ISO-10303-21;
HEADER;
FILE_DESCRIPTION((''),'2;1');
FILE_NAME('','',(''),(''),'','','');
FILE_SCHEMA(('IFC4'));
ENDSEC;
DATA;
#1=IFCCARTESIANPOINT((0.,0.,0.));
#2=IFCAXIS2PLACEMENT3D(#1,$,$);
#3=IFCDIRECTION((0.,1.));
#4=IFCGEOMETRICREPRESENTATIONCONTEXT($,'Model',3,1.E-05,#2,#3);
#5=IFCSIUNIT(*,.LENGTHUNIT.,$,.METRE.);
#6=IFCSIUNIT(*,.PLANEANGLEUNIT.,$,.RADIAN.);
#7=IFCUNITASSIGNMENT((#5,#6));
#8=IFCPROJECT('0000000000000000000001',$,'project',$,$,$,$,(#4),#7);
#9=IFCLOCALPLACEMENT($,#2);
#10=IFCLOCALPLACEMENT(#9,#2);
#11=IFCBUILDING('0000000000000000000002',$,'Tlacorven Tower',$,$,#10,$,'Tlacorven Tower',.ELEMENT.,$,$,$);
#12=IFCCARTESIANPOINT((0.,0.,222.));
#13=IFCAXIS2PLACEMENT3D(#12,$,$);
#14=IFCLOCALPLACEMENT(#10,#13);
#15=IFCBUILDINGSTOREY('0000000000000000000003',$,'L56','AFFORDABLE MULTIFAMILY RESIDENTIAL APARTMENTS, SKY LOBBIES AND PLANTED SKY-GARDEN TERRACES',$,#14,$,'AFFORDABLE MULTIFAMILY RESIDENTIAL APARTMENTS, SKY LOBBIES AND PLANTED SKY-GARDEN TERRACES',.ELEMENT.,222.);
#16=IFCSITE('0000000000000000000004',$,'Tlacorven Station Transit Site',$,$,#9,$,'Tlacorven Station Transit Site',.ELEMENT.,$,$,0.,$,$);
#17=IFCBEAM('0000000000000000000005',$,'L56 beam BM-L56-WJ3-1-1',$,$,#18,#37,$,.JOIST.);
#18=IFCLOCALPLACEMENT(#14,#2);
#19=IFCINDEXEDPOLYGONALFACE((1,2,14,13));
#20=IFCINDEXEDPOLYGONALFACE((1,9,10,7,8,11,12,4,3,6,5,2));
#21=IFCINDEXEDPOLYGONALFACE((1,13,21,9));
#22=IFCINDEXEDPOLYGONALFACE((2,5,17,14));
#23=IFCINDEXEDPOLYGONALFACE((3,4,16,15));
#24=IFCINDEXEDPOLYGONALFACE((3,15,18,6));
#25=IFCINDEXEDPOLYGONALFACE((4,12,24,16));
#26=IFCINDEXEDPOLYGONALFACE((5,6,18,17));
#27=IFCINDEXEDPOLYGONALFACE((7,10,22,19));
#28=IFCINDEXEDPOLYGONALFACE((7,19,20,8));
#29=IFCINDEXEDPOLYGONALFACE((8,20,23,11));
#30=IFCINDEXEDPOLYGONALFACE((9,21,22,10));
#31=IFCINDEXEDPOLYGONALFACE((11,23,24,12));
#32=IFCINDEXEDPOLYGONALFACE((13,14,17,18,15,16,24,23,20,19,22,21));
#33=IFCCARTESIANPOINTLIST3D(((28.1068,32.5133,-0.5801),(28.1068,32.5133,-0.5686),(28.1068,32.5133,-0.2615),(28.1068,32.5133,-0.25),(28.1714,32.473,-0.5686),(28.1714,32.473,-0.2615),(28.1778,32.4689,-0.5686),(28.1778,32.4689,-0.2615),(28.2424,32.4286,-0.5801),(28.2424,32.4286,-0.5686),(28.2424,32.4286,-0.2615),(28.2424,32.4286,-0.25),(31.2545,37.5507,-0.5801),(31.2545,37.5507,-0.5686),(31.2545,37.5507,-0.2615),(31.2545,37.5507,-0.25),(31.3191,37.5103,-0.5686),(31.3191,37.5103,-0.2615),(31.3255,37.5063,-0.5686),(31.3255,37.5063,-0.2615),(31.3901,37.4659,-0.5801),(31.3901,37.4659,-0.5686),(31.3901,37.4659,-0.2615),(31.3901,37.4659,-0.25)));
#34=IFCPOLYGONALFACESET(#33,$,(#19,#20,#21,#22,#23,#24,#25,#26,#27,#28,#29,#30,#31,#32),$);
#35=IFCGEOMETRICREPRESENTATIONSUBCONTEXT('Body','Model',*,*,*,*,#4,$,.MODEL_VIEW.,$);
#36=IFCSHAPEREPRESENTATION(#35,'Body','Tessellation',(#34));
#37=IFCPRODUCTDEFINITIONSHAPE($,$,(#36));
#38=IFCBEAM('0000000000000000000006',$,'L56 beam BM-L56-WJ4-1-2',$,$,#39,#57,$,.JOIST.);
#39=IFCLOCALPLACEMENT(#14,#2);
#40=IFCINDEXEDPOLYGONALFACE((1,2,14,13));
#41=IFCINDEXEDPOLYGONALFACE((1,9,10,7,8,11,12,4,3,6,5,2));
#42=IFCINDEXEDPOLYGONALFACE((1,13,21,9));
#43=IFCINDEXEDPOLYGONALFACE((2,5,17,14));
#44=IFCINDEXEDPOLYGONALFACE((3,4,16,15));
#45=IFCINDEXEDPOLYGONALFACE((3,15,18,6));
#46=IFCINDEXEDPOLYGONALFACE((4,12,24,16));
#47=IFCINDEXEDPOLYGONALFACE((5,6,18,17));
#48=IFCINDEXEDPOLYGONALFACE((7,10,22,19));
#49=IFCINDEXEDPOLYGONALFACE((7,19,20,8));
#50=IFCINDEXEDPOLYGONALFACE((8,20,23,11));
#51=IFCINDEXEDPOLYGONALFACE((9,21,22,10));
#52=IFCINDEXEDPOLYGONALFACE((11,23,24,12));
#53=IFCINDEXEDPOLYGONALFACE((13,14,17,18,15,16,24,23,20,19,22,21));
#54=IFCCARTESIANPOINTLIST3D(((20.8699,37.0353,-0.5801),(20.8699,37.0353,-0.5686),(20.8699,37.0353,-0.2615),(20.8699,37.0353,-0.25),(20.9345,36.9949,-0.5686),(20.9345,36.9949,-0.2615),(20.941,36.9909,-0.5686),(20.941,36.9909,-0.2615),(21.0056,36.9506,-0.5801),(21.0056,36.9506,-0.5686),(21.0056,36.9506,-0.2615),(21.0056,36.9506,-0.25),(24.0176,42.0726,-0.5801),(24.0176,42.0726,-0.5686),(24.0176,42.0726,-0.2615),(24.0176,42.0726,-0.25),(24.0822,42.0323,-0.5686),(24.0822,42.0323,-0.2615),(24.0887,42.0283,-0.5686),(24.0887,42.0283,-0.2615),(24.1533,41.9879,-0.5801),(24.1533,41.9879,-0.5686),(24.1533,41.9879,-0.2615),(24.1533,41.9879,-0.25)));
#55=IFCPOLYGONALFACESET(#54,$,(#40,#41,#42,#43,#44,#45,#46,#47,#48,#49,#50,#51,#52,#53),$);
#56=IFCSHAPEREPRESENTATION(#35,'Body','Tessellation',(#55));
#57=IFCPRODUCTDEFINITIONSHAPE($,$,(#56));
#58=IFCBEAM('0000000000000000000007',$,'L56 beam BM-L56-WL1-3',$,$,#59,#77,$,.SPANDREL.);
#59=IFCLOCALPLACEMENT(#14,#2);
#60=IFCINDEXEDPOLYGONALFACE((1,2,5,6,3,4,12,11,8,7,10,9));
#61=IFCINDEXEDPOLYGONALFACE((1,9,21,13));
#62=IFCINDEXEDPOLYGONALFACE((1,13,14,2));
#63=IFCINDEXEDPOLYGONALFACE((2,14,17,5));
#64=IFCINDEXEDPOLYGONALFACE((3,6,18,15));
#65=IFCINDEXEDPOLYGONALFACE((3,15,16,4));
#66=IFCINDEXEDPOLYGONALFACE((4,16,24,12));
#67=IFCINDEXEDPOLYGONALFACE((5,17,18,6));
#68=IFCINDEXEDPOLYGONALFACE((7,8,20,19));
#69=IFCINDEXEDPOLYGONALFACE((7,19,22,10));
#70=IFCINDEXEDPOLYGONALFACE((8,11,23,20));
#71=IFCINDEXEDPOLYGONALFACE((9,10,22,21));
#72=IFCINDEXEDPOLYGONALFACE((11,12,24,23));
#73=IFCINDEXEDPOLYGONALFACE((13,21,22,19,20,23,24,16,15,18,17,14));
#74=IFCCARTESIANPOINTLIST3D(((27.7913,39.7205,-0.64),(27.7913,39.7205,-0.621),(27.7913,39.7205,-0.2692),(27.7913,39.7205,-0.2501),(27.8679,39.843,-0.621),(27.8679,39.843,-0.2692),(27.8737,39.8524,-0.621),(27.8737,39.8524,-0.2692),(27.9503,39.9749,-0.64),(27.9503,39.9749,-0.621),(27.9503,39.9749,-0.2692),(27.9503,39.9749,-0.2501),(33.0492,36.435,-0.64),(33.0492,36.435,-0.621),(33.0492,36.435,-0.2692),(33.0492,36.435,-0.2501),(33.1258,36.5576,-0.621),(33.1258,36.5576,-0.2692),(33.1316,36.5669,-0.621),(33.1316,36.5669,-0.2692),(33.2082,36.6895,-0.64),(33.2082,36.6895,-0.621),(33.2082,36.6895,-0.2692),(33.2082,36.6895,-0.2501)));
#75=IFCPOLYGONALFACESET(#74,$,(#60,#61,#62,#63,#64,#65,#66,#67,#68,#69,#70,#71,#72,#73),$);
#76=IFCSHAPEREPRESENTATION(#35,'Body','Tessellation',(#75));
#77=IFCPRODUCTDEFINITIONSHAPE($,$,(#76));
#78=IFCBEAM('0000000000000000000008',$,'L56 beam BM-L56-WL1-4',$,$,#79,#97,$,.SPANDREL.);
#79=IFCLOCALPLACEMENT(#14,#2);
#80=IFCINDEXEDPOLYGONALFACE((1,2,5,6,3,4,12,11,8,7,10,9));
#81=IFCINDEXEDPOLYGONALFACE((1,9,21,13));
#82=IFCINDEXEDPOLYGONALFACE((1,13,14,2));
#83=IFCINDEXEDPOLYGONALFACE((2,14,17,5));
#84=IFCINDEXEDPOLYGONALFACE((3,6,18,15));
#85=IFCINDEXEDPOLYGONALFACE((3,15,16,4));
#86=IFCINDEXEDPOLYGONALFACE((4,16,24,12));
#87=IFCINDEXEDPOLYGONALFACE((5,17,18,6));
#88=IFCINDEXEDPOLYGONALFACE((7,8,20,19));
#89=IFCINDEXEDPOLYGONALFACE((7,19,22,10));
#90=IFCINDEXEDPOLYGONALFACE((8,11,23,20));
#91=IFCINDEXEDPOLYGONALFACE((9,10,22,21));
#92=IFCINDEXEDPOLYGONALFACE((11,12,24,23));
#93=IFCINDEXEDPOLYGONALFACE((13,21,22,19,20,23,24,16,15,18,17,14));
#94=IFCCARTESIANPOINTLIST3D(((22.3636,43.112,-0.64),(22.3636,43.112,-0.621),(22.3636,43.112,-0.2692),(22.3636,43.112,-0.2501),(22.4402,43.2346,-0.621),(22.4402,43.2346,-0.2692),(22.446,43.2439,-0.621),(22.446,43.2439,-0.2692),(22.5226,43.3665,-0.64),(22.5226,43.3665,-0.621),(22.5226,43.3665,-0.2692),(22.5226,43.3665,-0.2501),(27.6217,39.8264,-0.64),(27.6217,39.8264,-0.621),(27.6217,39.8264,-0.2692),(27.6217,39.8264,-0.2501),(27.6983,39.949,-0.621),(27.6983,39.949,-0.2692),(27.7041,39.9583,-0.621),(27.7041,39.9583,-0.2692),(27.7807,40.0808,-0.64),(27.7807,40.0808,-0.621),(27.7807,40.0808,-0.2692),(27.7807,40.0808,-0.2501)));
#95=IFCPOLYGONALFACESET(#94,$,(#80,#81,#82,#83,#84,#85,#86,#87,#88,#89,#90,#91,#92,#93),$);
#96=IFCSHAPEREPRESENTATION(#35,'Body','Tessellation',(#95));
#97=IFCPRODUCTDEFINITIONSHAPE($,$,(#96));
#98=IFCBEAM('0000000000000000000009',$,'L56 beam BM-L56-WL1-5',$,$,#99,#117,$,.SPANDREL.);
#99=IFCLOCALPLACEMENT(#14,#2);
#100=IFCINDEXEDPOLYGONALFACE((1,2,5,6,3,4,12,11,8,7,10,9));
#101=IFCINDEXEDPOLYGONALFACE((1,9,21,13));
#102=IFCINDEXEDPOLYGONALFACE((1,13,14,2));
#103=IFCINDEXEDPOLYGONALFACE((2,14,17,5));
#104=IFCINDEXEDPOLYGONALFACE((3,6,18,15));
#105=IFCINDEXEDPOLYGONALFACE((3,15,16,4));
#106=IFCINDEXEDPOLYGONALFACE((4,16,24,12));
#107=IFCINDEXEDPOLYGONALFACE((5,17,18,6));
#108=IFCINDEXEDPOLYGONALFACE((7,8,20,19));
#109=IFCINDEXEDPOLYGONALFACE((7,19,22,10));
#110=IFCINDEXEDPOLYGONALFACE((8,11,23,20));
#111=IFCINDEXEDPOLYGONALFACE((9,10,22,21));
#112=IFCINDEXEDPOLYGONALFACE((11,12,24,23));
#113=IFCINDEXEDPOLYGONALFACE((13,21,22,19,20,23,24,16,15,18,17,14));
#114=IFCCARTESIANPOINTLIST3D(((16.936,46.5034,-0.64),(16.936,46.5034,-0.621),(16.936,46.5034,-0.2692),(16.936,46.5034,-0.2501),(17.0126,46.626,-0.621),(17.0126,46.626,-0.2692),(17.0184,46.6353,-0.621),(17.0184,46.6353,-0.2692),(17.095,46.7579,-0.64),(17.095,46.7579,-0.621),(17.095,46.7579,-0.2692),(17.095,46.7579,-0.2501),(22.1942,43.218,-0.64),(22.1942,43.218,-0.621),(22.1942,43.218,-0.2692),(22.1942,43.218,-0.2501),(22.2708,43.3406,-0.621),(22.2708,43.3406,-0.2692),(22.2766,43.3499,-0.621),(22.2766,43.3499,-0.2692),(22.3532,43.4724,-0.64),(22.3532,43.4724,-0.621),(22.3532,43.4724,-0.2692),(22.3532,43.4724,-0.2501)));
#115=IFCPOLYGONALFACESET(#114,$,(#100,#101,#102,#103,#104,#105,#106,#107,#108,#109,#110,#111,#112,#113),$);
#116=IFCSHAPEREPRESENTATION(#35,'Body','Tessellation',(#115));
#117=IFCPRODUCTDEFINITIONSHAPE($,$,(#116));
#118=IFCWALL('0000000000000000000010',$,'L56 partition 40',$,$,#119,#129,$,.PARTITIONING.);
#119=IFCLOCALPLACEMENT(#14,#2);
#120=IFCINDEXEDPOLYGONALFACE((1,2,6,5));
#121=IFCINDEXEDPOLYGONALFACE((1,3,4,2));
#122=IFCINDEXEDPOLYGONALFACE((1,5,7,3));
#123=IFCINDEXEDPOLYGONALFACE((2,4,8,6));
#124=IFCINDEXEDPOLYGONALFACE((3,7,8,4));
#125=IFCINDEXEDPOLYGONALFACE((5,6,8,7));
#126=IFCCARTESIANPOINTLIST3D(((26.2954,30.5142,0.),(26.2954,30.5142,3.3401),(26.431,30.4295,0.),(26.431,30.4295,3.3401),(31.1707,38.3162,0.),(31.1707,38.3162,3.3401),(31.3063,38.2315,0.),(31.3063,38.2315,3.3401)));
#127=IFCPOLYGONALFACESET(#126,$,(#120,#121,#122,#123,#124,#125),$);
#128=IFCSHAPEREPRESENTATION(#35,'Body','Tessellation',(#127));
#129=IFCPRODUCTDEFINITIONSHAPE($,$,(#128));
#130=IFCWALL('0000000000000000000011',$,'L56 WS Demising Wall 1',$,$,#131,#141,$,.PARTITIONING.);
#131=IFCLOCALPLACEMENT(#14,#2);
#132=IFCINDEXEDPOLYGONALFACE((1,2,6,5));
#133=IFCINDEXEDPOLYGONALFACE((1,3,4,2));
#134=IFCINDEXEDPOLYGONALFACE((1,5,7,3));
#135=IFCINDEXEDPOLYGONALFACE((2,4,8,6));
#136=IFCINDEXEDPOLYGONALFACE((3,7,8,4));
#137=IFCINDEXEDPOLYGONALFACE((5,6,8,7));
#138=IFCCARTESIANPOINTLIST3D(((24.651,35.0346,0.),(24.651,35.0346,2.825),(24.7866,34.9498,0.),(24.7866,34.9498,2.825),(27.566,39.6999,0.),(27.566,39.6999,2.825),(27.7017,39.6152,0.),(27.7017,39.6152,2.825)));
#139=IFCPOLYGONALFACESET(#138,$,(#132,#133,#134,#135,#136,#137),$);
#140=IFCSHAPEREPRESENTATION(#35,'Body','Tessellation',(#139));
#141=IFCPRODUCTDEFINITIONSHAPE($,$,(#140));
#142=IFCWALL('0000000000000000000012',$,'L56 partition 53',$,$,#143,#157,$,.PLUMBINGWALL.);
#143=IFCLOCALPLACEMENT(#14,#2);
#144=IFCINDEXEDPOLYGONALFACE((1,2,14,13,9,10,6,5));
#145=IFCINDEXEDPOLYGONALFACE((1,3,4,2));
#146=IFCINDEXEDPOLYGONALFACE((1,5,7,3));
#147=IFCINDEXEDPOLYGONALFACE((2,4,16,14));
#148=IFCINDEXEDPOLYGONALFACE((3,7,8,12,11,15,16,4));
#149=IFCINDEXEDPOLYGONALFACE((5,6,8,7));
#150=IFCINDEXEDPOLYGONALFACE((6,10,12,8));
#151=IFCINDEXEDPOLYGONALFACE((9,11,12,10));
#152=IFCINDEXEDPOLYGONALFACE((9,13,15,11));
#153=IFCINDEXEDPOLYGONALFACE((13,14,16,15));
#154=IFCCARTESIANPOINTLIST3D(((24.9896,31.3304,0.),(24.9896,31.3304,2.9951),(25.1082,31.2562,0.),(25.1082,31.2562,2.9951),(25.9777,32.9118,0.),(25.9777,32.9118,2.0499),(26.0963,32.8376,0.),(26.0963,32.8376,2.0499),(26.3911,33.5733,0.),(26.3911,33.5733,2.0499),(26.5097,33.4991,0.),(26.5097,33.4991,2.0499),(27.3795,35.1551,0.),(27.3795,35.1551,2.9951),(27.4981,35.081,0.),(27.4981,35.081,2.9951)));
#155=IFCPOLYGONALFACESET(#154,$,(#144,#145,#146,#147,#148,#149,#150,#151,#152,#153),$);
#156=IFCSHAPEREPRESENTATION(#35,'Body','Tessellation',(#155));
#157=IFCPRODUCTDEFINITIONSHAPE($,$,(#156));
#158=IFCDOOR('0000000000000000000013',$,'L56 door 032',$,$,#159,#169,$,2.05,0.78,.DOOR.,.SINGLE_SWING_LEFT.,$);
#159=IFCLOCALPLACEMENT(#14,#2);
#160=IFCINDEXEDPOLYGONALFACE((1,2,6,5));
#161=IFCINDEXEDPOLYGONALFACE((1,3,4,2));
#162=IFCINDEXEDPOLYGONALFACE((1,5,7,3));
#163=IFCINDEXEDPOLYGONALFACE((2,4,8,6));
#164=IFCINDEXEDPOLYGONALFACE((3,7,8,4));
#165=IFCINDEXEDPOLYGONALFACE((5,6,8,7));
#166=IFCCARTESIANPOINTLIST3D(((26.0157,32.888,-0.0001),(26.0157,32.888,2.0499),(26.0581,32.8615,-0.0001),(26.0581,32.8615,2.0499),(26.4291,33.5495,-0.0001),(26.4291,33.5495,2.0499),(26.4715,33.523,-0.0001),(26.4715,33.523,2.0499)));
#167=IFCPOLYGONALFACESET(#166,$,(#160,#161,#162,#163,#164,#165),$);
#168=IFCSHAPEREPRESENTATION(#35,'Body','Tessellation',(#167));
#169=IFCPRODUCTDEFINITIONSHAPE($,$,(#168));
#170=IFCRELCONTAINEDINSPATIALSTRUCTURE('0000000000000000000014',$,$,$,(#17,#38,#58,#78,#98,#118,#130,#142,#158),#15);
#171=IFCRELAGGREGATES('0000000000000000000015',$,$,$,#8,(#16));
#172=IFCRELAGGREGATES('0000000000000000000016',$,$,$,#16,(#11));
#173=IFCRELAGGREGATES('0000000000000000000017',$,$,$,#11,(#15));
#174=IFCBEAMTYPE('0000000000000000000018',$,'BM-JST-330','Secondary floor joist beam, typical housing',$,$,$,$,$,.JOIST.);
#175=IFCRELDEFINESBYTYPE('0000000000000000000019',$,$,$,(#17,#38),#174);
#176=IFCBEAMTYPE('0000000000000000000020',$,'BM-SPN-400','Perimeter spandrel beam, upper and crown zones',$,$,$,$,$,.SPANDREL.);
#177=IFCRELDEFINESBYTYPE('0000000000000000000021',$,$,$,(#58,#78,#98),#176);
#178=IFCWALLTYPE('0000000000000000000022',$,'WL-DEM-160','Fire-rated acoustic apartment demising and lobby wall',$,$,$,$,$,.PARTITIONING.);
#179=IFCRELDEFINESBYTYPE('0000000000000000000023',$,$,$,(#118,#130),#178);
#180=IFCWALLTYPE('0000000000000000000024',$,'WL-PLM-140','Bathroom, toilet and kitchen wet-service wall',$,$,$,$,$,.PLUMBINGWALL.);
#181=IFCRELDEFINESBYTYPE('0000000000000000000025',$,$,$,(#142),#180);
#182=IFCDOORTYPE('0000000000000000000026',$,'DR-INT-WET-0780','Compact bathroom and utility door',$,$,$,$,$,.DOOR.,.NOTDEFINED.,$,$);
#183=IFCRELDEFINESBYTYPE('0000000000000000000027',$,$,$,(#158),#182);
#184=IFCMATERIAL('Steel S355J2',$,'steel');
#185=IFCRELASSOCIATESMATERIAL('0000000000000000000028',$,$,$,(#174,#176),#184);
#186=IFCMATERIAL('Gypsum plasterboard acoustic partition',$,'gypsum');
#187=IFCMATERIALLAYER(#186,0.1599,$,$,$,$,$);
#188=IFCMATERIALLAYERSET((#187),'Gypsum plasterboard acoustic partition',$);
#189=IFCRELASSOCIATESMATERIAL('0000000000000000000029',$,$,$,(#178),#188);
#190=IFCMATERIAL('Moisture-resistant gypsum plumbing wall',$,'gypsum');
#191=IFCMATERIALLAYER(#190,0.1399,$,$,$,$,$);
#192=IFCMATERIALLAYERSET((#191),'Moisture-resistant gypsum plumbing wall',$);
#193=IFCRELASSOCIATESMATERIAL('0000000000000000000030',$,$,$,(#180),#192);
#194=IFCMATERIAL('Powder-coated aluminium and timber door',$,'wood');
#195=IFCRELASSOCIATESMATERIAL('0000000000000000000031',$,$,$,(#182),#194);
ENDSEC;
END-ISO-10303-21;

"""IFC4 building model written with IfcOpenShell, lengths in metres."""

from ifc_helpers import new_model, si_unit, direction, frame, frame_2d, origin, origin_2d, place, context, subcontext, project, spatial, rectangle, i_section, extrude, source, transform, mapped, material, layer, layer_set, material_profile, profile_set, type_object, element, fill, save


model = new_model("IFC4")

# Units and contexts
model_context = context("Model", 3, precision=1e-05, world=origin(), true_north=direction((0.0, 1.0)))
body_context = subcontext(model_context, "Body", "Model", "MODEL_VIEW")
ifc_project = project(units=[si_unit("LENGTHUNIT", "METRE"), si_unit("PLANEANGLEUNIT", "RADIAN")], contexts=[model_context])

# Site, building, storey
site_placement = place(None, origin())
site = spatial("IfcSite", under=ifc_project, at=site_placement, Name="Tlacorven Station Transit Site", LongName="Tlacorven Station Transit Site", CompositionType="ELEMENT", RefElevation=0.0)
building_placement = place(site_placement, origin())
building = spatial("IfcBuilding", under=site, at=building_placement, Name="Tlacorven Tower", LongName="Tlacorven Tower", CompositionType="ELEMENT")
storey_placement = place(building_placement, frame((0.0, 0.0, 222.0)))
storey = spatial("IfcBuildingStorey", under=building, at=storey_placement, Name="L56", Description="AFFORDABLE MULTIFAMILY RESIDENTIAL APARTMENTS, SKY LOBBIES AND PLANTED SKY-GARDEN TERRACES", LongName="AFFORDABLE MULTIFAMILY RESIDENTIAL APARTMENTS, SKY LOBBIES AND PLANTED SKY-GARDEN TERRACES", CompositionType="ELEMENT", Elevation=222.0)

# Beams
ifc_material_1 = material(Name="Steel S355J2", Category="steel")
ifc_material_profile_1 = material_profile(ifc_material_1, i_section(OverallWidth=0.1599, OverallDepth=0.3301, WebThickness=0.0076, FlangeThickness=0.0115, at=origin_2d()), Name="IPE 330")
ifc_profile_set_1 = profile_set([ifc_material_profile_1], Name="Steel S355J2")
beam_type_1 = type_object("IfcBeamType", Name="BM-JST-330", Description="Secondary floor joist beam, typical housing", PredefinedType="JOIST", material=ifc_profile_set_1)
shared_shape_1 = source(origin(), body_context, "Body", "SweptSolid", [
    extrude(i_section(OverallWidth=0.1599, OverallDepth=0.3301, WebThickness=0.0076, FlangeThickness=0.0115, at=origin_2d()), origin(), (0.0, 0.0, 1.0), 5.9399),
])
for number, where, z_axis, x_axis, name in (
    (1, (31.3223, 37.5083, -0.415), (-0.529921, -0.848047, 0.0), (0.848047, -0.529921, 0.0), "L56 beam BM-L56-WJ3-1-1"),
    (2, (24.0854, 42.0303, -0.415), (-0.529921, -0.848047, 0.0), (0.848047, -0.529921, 0.0), "L56 beam BM-L56-WJ4-1-2"),
):
    element("IfcBeam", number, at=place(storey_placement, frame(where, z_axis=z_axis, x_axis=x_axis)), inside=storey, type_object=beam_type_1, Name=name, PredefinedType="JOIST", context=body_context, shape_type="MappedRepresentation", body=[
        mapped(shared_shape_1, transform((0.0, 0.0, 0.0), scale=1.0)),
    ])
ifc_material_profile_2 = material_profile(ifc_material_1, i_section(OverallWidth=0.3, OverallDepth=0.3899, WebThickness=0.011, FlangeThickness=0.019, at=origin_2d()), Name="HEA 400")
ifc_profile_set_2 = profile_set([ifc_material_profile_2], Name="Steel S355J2")
beam_type_2 = type_object("IfcBeamType", Name="BM-SPN-400", Description="Perimeter spandrel beam, upper and crown zones", PredefinedType="SPANDREL", material=ifc_profile_set_2)
shared_shape_2 = source(origin(), body_context, "Body", "SweptSolid", [
    extrude(i_section(OverallWidth=0.3, OverallDepth=0.3899, WebThickness=0.011, FlangeThickness=0.019, at=origin_2d()), origin(), (0.0, 0.0, 1.0), 6.2),
])
beam_1_placement = place(storey_placement, frame((33.1287, 36.5623, -0.4451), z_axis=(-0.848051, 0.529914, 0.0), x_axis=(-0.529914, -0.848051, 0.0)))
element("IfcBeam", 3, at=beam_1_placement, inside=storey, type_object=beam_type_2, Name="L56 beam BM-L56-WL1-3", PredefinedType="SPANDREL", context=body_context, shape_type="MappedRepresentation", body=[
    mapped(shared_shape_2, transform((0.0, 0.0, 0.0), scale=1.0)),
])
shared_shape_3 = source(origin(), body_context, "Body", "SweptSolid", [
    extrude(i_section(OverallWidth=0.3, OverallDepth=0.3899, WebThickness=0.011, FlangeThickness=0.019, at=origin_2d()), origin(), (0.0, 0.0, 1.0), 6.2002),
])
for number, where, z_axis, x_axis, name in (
    (4, (27.7012, 39.9536, -0.4451), (-0.848045, 0.529925, 0.0), (-0.529925, -0.848045, 0.0), "L56 beam BM-L56-WL1-4"),
    (5, (22.2737, 43.3452, -0.4451), (-0.848062, 0.529896, 0.0), (-0.529896, -0.848062, 0.0), "L56 beam BM-L56-WL1-5"),
):
    element("IfcBeam", number, at=place(storey_placement, frame(where, z_axis=z_axis, x_axis=x_axis)), inside=storey, type_object=beam_type_2, Name=name, PredefinedType="SPANDREL", context=body_context, shape_type="MappedRepresentation", body=[
        mapped(shared_shape_3, transform((0.0, 0.0, 0.0), scale=1.0)),
    ])

# Walls
ifc_material_2 = material(Name="Gypsum plasterboard acoustic partition", Category="gypsum")
ifc_layer_1 = layer(ifc_material_2, 0.1599)
ifc_layer_set_1 = layer_set([ifc_layer_1], Name="Gypsum plasterboard acoustic partition")
wall_type_1 = type_object("IfcWallType", Name="WL-DEM-160", Description="Fire-rated acoustic apartment demising and lobby wall", PredefinedType="PARTITIONING", material=ifc_layer_set_1)
wall_1_placement = place(storey_placement, frame((31.2385, 38.2739, 0.0), z_axis=(0.0, 0.0, 1.0), x_axis=(-0.52992, -0.848047, 0.0)))
element("IfcWall", 6, at=wall_1_placement, inside=storey, type_object=wall_type_1, Name="L56 partition 40", PredefinedType="PARTITIONING", context=body_context, shape_type="SweptSolid", body=[
    extrude(rectangle(XDim=9.2, YDim=0.1599, at=frame_2d((4.6001, 0.0))), origin(), (0.0, 0.0, 1.0), 3.3401),
])
wall_2_placement = place(storey_placement, frame((27.6338, 39.6575, 0.0), z_axis=(0.0, 0.0, 1.0), x_axis=(-0.529899, -0.848061, 0.0)))
element("IfcWall", 7, at=wall_2_placement, inside=storey, type_object=wall_type_1, Name="L56 WS Demising Wall 1", PredefinedType="PARTITIONING", context=body_context, shape_type="SweptSolid", body=[
    extrude(rectangle(XDim=5.5012, YDim=0.1599, at=frame_2d((2.7505, 0.0))), origin(), (0.0, 0.0, 1.0), 2.825),
])

# Wall, opening, door
ifc_material_3 = material(Name="Moisture-resistant gypsum plumbing wall", Category="gypsum")
ifc_layer_2 = layer(ifc_material_3, 0.1399)
ifc_layer_set_2 = layer_set([ifc_layer_2], Name="Moisture-resistant gypsum plumbing wall")
wall_type_2 = type_object("IfcWallType", Name="WL-PLM-140", Description="Bathroom, toilet and kitchen wet-service wall", PredefinedType="PLUMBINGWALL", material=ifc_layer_set_2)
wall_3_placement = place(storey_placement, frame((27.4387, 35.1179, 0.0), z_axis=(0.0, 0.0, 1.0), x_axis=(-0.529911, -0.848053, 0.0)))
wall_3 = element("IfcWall", 8, at=wall_3_placement, inside=storey, type_object=wall_type_2, Name="L56 partition 53", PredefinedType="PLUMBINGWALL", context=body_context, shape_type="SweptSolid", body=[
    extrude(rectangle(XDim=4.51, YDim=0.1399, at=frame_2d((2.2549, 0.0))), origin(), (0.0, 0.0, 1.0), 2.9951),
])
opening_1_placement = place(wall_3_placement, frame((1.865, 0.0, 0.0)))
opening_1 = element("IfcOpeningElement", 9, at=opening_1_placement, cuts=wall_3, PredefinedType="OPENING", context=body_context, shape_type="SweptSolid", body=[
    extrude(rectangle(XDim=0.78, YDim=2.05, at=frame_2d((0.3901, 1.0249))), frame((0.0, 0.0801, 0.0), z_axis=(0.0, -1.0, 0.0), x_axis=(1.0, 0.0, 0.0)), (0.0, 0.0, 1.0), 0.1599),
])
ifc_material_4 = material(Name="Powder-coated aluminium and timber door", Category="wood")
door_type_1 = type_object("IfcDoorType", Name="DR-INT-WET-0780", Description="Compact bathroom and utility door", OperationType="NOTDEFINED", PredefinedType="DOOR", material=ifc_material_4)
shared_shape_4 = source(origin(), body_context, "Body", "SweptSolid", [
    extrude(rectangle(XDim=0.78, YDim=2.05, at=frame_2d((0.3901, 1.0249))), frame((0.0, 0.0249, 0.0), z_axis=(0.0, -1.0, 0.0), x_axis=(1.0, 0.0, 0.0)), (0.0, 0.0, 1.0), 0.05),
])
door_1_placement = place(opening_1_placement, origin())
door_1 = element("IfcDoor", 10, at=door_1_placement, inside=storey, type_object=door_type_1, Name="L56 door 032", OperationType="SINGLE_SWING_LEFT", OverallHeight=2.05, OverallWidth=0.78, PredefinedType="DOOR", context=body_context, shape_type="MappedRepresentation", body=[
    mapped(shared_shape_4, transform((0.0, 0.0, 0.0), scale=1.0)),
])
fill(opening_1, door_1)

save(model, "model.ifc")
